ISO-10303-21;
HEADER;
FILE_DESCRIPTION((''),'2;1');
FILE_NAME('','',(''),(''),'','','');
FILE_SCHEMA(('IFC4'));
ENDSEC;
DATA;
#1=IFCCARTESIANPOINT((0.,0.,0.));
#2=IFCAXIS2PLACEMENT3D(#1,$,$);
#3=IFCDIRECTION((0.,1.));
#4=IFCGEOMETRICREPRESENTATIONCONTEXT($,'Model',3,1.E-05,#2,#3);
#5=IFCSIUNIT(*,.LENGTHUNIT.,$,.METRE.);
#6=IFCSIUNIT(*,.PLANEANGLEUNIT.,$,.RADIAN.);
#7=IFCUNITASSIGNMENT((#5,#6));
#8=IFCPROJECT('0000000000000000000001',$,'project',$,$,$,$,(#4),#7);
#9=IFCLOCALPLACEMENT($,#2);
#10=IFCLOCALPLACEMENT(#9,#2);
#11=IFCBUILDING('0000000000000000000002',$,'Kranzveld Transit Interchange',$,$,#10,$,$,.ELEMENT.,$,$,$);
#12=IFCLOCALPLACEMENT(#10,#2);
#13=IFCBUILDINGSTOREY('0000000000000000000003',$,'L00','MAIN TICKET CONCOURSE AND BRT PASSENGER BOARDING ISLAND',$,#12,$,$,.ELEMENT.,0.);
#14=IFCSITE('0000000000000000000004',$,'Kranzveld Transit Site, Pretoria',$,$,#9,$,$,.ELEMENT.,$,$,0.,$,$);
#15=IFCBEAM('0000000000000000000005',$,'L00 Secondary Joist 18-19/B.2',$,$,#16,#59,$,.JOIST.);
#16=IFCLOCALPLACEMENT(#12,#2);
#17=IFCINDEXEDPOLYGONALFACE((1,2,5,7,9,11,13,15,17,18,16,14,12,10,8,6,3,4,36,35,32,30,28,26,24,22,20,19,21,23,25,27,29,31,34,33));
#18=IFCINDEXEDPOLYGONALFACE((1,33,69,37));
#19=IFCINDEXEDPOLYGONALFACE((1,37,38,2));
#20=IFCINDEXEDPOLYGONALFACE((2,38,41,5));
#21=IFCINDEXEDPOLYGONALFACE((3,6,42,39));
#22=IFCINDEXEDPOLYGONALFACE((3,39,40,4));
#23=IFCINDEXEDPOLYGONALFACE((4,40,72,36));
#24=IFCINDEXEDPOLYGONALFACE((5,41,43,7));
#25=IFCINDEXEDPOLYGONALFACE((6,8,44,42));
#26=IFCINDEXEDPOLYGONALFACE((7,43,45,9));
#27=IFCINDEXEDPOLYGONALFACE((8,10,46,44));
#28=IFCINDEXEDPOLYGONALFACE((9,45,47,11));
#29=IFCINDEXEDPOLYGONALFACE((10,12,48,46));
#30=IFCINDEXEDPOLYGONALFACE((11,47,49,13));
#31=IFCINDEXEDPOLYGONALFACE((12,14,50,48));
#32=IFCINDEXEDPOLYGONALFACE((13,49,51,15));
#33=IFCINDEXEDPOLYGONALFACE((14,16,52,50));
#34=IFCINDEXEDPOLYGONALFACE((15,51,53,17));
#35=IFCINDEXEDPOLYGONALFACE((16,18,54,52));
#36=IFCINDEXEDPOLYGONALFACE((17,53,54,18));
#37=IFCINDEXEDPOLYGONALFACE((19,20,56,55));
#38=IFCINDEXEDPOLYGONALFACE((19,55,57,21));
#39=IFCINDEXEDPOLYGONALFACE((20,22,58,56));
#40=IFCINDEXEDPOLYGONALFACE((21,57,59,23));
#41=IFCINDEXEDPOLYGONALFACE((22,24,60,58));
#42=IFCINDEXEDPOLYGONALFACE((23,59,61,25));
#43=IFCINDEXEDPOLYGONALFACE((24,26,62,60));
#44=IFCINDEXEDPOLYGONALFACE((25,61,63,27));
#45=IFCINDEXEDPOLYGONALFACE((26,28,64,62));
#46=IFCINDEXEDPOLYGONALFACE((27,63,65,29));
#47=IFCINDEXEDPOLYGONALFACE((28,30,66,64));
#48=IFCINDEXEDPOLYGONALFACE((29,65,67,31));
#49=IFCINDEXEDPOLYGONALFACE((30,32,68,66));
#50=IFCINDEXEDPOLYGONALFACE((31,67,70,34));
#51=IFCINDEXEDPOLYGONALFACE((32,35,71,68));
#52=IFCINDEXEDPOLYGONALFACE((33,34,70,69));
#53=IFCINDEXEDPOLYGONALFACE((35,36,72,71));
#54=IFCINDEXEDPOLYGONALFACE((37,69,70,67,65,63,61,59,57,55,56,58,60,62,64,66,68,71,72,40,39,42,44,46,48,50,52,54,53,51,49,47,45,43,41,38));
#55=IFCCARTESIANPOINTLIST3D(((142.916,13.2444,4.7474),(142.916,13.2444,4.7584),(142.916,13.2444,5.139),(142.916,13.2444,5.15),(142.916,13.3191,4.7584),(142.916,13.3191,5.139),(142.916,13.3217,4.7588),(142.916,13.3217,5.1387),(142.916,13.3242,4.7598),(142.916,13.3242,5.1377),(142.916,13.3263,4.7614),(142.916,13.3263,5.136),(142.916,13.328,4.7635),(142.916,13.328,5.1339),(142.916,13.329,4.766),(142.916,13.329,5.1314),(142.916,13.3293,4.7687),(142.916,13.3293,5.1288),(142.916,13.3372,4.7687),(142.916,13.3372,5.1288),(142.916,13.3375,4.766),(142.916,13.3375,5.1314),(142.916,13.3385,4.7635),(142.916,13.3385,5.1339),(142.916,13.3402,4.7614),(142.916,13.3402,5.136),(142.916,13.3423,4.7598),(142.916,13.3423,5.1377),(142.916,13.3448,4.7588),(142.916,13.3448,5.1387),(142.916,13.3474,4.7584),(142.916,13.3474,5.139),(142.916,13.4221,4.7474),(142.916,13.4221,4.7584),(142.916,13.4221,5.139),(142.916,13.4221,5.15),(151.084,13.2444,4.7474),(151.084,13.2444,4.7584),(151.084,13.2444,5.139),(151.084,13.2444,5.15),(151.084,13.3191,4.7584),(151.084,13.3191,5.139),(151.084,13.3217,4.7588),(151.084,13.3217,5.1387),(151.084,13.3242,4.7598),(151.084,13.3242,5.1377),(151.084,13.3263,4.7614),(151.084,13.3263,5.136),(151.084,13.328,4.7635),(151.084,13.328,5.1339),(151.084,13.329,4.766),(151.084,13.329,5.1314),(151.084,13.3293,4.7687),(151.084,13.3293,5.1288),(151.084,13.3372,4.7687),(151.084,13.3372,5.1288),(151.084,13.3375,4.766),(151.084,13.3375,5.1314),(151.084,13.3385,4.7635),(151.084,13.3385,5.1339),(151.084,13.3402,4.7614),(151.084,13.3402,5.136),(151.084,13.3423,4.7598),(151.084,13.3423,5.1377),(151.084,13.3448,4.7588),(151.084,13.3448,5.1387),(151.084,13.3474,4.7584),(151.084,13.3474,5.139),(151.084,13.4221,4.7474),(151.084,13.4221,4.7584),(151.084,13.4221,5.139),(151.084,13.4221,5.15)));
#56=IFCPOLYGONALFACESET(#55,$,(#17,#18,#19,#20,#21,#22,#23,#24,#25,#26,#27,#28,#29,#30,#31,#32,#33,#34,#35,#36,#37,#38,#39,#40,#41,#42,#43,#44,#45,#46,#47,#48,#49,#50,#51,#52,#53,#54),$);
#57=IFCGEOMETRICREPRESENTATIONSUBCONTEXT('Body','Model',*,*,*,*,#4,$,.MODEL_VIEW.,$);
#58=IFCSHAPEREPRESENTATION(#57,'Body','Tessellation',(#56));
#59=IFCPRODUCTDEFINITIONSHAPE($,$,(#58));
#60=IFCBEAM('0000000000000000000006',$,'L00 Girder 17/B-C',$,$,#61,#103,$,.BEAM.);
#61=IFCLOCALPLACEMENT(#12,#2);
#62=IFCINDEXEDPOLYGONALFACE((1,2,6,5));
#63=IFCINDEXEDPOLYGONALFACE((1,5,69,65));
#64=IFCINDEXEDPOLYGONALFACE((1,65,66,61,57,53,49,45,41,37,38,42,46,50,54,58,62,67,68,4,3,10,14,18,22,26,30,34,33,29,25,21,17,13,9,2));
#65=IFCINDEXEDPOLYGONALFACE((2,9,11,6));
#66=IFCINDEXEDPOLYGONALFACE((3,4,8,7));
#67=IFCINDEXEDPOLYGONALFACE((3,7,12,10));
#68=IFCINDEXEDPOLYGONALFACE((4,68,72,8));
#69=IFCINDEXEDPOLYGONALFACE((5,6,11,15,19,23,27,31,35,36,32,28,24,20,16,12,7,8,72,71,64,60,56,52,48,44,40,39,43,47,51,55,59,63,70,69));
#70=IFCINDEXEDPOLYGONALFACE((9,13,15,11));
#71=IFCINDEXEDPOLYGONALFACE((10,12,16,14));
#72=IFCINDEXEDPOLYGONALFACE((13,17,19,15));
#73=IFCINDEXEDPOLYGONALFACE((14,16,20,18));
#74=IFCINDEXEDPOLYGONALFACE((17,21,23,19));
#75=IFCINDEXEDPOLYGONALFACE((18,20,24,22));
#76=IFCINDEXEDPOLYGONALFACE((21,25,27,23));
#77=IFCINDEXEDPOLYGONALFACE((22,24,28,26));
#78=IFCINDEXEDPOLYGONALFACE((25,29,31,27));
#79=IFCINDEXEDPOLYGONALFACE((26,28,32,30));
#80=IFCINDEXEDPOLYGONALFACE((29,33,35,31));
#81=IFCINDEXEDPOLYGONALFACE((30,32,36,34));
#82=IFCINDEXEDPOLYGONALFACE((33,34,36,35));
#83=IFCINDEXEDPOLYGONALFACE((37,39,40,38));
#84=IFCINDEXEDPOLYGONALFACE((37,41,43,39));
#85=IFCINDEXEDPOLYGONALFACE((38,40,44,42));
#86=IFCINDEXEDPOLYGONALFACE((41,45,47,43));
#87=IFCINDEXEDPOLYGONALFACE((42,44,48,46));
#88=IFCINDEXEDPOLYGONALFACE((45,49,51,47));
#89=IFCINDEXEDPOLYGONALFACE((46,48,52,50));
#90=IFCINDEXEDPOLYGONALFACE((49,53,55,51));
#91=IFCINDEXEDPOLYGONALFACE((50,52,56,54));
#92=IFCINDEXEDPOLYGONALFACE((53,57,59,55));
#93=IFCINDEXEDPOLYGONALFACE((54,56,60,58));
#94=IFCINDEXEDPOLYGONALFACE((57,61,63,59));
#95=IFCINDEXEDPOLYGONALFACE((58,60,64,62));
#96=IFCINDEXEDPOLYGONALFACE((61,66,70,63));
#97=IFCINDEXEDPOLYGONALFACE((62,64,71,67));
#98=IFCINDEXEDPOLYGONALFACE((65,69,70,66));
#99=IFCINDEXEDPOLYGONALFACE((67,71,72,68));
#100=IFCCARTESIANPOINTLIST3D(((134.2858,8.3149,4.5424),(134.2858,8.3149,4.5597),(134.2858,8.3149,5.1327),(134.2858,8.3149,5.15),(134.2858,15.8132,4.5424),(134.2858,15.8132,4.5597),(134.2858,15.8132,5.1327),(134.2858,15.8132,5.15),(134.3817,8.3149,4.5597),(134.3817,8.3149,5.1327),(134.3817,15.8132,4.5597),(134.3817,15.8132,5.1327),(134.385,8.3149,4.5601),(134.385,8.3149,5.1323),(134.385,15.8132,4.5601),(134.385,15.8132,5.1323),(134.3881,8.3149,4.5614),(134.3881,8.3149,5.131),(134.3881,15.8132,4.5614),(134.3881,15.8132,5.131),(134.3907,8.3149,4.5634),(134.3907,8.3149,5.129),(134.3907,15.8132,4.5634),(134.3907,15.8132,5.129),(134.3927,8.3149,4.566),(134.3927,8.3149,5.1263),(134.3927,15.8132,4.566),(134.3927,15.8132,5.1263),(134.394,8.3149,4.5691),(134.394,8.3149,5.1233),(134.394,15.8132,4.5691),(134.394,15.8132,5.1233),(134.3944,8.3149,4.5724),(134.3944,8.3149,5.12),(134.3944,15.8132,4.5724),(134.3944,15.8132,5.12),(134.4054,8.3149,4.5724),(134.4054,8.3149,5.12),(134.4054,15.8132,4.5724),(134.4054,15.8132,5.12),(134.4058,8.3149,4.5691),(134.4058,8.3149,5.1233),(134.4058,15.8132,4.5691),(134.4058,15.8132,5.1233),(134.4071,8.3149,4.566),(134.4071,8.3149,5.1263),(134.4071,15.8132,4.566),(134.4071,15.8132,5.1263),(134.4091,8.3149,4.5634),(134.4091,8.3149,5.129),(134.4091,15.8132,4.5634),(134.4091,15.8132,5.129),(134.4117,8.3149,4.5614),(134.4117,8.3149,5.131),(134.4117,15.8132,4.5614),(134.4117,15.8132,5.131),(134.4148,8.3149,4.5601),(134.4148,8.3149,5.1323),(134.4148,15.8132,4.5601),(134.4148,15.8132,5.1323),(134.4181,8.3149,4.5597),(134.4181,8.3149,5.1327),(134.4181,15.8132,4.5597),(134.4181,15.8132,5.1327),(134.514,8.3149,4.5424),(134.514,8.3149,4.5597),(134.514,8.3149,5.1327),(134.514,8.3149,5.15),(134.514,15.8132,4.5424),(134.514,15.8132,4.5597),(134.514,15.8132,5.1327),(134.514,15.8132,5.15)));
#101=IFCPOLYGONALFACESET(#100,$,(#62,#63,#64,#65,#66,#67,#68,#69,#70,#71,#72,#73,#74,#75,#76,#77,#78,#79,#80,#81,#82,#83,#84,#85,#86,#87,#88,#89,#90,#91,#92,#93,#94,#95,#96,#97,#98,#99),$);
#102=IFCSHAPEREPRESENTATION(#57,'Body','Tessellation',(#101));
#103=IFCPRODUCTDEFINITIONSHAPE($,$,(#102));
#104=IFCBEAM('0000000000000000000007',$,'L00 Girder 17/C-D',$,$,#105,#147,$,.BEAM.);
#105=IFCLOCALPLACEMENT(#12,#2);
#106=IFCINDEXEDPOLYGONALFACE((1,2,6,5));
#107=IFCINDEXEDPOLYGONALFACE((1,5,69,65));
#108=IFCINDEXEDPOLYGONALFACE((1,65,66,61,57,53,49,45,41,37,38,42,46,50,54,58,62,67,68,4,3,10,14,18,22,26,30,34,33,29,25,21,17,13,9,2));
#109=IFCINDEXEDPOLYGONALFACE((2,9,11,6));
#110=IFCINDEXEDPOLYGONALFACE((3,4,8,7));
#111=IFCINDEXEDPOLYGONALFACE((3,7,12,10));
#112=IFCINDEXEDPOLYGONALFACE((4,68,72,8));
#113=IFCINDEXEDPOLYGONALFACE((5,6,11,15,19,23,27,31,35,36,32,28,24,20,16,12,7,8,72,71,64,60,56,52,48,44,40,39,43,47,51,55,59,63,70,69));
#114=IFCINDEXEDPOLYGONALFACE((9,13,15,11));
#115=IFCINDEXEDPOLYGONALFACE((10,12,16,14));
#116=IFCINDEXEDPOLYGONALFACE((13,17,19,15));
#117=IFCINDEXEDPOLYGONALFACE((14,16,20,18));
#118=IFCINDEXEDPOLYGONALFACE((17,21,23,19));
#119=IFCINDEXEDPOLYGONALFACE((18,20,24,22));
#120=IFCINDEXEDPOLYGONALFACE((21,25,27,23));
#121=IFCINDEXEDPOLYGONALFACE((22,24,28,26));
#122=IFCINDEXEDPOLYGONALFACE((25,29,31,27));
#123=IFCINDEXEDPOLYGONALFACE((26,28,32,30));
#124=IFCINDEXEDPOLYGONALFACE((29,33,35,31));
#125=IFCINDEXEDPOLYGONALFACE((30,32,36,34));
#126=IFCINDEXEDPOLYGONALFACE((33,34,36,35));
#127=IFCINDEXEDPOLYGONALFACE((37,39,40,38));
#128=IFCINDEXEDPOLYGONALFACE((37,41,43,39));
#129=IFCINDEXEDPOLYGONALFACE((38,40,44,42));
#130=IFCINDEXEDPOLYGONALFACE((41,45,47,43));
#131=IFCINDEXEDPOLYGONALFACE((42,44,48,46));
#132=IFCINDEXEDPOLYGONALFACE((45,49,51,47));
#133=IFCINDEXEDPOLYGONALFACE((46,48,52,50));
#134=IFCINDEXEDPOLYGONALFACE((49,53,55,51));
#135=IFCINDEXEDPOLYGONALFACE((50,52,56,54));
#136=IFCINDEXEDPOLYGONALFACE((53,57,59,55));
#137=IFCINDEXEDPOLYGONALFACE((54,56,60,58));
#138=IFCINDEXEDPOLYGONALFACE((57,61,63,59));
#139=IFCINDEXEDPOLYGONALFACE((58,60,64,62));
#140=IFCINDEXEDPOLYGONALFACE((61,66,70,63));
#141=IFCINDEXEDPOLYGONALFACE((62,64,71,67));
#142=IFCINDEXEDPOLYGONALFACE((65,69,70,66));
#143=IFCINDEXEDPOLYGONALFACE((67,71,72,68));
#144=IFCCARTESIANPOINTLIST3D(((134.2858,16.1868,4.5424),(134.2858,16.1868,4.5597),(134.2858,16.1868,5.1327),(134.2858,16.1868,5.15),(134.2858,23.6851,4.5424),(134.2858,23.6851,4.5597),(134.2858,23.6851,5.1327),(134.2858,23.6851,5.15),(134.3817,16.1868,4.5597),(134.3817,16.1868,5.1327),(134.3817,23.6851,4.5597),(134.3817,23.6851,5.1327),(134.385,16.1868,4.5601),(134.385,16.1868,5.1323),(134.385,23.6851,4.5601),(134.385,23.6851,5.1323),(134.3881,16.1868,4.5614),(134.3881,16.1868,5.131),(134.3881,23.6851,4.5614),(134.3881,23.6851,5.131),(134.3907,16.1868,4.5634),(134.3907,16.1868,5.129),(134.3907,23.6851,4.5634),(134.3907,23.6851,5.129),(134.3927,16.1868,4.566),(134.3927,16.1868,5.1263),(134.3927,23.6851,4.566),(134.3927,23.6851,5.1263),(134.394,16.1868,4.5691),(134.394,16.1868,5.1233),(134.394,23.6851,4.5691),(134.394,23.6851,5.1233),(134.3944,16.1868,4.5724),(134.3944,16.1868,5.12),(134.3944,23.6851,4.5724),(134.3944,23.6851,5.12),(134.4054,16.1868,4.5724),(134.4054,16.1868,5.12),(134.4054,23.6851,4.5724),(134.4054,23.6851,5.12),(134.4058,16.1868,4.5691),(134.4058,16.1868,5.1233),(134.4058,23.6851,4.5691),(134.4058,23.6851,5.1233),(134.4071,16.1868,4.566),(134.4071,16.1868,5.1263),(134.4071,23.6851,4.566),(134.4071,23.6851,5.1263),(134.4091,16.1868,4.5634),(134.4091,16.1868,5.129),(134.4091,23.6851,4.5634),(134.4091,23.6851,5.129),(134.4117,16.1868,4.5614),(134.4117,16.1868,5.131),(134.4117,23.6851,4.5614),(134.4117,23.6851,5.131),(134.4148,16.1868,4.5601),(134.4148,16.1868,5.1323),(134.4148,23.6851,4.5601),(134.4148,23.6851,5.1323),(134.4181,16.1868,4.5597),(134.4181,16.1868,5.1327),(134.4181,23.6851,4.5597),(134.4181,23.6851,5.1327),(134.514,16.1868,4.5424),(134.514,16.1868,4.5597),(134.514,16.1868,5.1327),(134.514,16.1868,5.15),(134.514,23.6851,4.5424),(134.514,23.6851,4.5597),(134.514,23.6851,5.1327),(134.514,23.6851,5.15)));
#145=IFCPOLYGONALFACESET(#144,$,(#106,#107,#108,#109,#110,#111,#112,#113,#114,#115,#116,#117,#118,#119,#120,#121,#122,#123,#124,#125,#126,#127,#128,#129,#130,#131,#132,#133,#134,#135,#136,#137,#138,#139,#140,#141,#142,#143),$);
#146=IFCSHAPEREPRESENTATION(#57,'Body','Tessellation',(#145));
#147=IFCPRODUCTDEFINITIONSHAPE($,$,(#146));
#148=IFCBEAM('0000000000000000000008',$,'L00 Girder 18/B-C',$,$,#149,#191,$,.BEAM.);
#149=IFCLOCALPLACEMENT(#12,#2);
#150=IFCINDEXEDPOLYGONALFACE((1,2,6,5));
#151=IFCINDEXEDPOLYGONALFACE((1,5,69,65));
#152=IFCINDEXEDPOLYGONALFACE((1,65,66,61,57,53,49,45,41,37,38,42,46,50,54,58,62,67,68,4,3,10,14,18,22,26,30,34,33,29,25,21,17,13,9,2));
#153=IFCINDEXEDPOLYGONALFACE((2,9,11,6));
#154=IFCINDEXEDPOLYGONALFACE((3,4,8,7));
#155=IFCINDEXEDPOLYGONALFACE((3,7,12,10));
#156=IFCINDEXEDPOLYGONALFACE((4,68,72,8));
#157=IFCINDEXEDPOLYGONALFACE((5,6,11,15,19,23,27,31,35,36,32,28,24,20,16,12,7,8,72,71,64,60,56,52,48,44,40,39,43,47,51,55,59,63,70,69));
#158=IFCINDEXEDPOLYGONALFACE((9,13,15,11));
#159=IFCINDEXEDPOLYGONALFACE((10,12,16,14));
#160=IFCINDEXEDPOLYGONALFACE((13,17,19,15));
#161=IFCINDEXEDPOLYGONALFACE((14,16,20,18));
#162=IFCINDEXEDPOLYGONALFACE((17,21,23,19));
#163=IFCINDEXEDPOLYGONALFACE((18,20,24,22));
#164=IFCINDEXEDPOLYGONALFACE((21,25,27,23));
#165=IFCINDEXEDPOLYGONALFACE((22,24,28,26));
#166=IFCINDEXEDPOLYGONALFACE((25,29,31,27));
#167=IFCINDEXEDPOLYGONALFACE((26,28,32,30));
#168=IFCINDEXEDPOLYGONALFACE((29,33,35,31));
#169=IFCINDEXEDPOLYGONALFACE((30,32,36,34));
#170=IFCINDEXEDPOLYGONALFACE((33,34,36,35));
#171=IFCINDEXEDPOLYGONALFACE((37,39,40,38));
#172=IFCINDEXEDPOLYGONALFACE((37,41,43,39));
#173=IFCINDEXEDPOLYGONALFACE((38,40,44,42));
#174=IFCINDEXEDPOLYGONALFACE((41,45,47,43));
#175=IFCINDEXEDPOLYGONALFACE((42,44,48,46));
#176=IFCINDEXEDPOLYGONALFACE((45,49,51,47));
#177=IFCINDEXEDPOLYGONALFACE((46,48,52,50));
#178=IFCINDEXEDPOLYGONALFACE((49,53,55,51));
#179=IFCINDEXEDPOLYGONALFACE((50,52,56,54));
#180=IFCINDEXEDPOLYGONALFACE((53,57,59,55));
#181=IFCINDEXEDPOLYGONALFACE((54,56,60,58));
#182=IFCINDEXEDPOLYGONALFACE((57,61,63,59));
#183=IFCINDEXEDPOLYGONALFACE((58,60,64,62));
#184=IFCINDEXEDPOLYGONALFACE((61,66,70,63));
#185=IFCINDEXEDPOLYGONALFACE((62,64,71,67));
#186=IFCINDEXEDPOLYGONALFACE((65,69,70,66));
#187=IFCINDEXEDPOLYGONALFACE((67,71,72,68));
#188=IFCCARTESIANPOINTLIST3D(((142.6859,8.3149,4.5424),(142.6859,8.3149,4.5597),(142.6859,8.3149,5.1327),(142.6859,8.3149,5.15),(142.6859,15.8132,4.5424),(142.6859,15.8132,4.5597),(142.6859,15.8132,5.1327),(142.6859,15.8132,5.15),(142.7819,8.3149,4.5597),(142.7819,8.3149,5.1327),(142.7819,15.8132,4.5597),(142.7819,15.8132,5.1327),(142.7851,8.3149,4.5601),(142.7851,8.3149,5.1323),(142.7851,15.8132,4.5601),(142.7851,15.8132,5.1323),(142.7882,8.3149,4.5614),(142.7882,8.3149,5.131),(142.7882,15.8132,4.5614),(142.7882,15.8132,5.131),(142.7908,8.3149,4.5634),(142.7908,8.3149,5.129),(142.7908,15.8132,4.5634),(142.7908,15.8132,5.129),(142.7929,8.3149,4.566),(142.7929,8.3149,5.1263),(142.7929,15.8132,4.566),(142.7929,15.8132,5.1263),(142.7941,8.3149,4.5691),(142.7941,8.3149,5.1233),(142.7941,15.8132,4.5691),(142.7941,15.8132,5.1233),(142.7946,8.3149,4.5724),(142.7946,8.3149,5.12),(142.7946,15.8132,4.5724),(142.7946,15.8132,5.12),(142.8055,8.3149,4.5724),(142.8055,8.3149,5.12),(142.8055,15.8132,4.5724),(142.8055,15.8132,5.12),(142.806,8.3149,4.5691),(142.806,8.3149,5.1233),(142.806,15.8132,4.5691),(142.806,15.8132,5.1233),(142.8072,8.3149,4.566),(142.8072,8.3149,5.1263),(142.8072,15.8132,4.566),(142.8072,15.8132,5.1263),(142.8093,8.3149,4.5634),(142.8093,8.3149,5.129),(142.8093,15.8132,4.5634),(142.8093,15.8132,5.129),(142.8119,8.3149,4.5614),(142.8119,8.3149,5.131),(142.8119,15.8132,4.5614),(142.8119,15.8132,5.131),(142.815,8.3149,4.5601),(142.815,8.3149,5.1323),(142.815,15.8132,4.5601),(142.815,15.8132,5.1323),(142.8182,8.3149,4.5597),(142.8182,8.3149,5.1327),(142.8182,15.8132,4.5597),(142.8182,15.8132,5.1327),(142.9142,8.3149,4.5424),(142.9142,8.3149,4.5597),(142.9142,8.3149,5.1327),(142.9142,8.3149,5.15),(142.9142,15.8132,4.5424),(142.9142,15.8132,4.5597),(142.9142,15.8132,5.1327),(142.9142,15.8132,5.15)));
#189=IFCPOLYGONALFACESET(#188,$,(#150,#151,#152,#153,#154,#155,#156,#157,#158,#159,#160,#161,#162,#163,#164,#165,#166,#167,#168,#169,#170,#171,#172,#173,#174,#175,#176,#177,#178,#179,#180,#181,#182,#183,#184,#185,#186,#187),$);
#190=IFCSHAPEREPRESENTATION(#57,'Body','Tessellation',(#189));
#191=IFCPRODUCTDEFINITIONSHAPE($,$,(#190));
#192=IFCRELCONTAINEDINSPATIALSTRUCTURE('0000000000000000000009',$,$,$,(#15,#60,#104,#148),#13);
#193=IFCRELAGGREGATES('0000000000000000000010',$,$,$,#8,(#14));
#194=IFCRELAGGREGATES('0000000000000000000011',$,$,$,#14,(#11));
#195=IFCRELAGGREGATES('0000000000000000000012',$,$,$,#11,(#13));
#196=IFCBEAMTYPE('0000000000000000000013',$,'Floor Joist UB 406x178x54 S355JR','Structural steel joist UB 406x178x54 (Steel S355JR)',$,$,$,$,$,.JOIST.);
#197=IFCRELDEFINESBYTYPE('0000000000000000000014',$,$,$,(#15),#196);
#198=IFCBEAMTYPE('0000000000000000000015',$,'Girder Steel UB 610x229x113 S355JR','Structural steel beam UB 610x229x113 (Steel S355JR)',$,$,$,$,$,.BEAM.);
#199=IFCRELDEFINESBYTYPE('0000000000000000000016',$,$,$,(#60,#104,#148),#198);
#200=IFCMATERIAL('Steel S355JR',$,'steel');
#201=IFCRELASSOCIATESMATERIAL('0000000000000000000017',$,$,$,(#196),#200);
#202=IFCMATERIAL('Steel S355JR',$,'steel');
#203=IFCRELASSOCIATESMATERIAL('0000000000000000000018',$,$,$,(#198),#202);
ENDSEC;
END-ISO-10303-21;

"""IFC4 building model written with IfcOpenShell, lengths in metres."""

from ifc_helpers import new_model, si_unit, direction, frame, origin, origin_2d, place, context, subcontext, project, spatial, i_section, extrude, material, material_profile, profile_set, type_object, element, save


model = new_model("IFC4")

# Units and contexts
model_context = context("Model", 3, precision=1e-05, world=origin(), true_north=direction((0.0, 1.0)))
body_context = subcontext(model_context, "Body", "Model", "MODEL_VIEW")
ifc_project = project(units=[si_unit("LENGTHUNIT", "METRE"), si_unit("PLANEANGLEUNIT", "RADIAN")], contexts=[model_context])

# Site, building, storey
site_placement = place(None, origin())
site = spatial("IfcSite", under=ifc_project, at=site_placement, Name="Kranzveld Transit Site, Pretoria", CompositionType="ELEMENT", RefElevation=0.0)
building_placement = place(site_placement, origin())
building = spatial("IfcBuilding", under=site, at=building_placement, Name="Kranzveld Transit Interchange", CompositionType="ELEMENT")
storey_placement = place(building_placement, origin())
storey = spatial("IfcBuildingStorey", under=building, at=storey_placement, Name="L00", Description="MAIN TICKET CONCOURSE AND BRT PASSENGER BOARDING ISLAND", CompositionType="ELEMENT", Elevation=0.0)

# Beams
ifc_material_1 = material(Name="Steel S355JR", Category="steel")
ifc_material_profile_1 = material_profile(ifc_material_1, i_section(OverallWidth=0.1777, OverallDepth=0.4026, WebThickness=0.0078, FlangeThickness=0.011, FilletRadius=0.0103, at=origin_2d()), Name="UB 406x178x54")
ifc_profile_set_1 = profile_set([ifc_material_profile_1], Name="Steel S355JR")
beam_type_1 = type_object("IfcBeamType", Name="Floor Joist UB 406x178x54 S355JR", Description="Structural steel joist UB 406x178x54 (Steel S355JR)", PredefinedType="JOIST", material=ifc_profile_set_1)
for number, where, z_axis, x_axis, name in (
    (1, (142.916, 13.3333, 4.9487), (1.0, 0.0, 0.0), (0.0, 1.0, 0.0), "L00 Secondary Joist 18-19/B.2"),
):
    element("IfcBeam", number, at=place(storey_placement, frame(where, z_axis=z_axis, x_axis=x_axis)), inside=storey, type_object=beam_type_1, Name=name, PredefinedType="JOIST", context=body_context, shape_type="SweptSolid", body=[
        extrude(i_section(OverallWidth=0.1777, OverallDepth=0.4026, WebThickness=0.0078, FlangeThickness=0.011, FilletRadius=0.0103, at=origin_2d()), origin(), (0.0, 0.0, 1.0), 8.168),
    ])
ifc_material_2 = material(Name="Steel S355JR", Category="steel")
ifc_material_profile_2 = material_profile(ifc_material_2, i_section(OverallWidth=0.2283, OverallDepth=0.6077, WebThickness=0.011, FlangeThickness=0.0173, FilletRadius=0.0127, at=origin_2d()), Name="UB 610x229x113")
ifc_profile_set_2 = profile_set([ifc_material_profile_2], Name="Steel S355JR")
beam_type_2 = type_object("IfcBeamType", Name="Girder Steel UB 610x229x113 S355JR", Description="Structural steel beam UB 610x229x113 (Steel S355JR)", PredefinedType="BEAM", material=ifc_profile_set_2)
for number, where, z_axis, x_axis, name in (
    (2, (134.3999, 8.3149, 4.8462), (0.0, 1.0, 0.0), (-1.0, 0.0, 0.0), "L00 Girder 17/B-C"),
    (3, (134.3999, 16.1868, 4.8462), (0.0, 1.0, 0.0), (-1.0, 0.0, 0.0), "L00 Girder 17/C-D"),
    (4, (142.8, 8.3149, 4.8462), (0.0, 1.0, 0.0), (-1.0, 0.0, 0.0), "L00 Girder 18/B-C"),
):
    element("IfcBeam", number, at=place(storey_placement, frame(where, z_axis=z_axis, x_axis=x_axis)), inside=storey, type_object=beam_type_2, Name=name, PredefinedType="BEAM", context=body_context, shape_type="SweptSolid", body=[
        extrude(i_section(OverallWidth=0.2283, OverallDepth=0.6077, WebThickness=0.011, FlangeThickness=0.0173, FilletRadius=0.0127, at=origin_2d()), origin(), (0.0, 0.0, 1.0), 7.4983),
    ])

save(model, "model.ifc")
